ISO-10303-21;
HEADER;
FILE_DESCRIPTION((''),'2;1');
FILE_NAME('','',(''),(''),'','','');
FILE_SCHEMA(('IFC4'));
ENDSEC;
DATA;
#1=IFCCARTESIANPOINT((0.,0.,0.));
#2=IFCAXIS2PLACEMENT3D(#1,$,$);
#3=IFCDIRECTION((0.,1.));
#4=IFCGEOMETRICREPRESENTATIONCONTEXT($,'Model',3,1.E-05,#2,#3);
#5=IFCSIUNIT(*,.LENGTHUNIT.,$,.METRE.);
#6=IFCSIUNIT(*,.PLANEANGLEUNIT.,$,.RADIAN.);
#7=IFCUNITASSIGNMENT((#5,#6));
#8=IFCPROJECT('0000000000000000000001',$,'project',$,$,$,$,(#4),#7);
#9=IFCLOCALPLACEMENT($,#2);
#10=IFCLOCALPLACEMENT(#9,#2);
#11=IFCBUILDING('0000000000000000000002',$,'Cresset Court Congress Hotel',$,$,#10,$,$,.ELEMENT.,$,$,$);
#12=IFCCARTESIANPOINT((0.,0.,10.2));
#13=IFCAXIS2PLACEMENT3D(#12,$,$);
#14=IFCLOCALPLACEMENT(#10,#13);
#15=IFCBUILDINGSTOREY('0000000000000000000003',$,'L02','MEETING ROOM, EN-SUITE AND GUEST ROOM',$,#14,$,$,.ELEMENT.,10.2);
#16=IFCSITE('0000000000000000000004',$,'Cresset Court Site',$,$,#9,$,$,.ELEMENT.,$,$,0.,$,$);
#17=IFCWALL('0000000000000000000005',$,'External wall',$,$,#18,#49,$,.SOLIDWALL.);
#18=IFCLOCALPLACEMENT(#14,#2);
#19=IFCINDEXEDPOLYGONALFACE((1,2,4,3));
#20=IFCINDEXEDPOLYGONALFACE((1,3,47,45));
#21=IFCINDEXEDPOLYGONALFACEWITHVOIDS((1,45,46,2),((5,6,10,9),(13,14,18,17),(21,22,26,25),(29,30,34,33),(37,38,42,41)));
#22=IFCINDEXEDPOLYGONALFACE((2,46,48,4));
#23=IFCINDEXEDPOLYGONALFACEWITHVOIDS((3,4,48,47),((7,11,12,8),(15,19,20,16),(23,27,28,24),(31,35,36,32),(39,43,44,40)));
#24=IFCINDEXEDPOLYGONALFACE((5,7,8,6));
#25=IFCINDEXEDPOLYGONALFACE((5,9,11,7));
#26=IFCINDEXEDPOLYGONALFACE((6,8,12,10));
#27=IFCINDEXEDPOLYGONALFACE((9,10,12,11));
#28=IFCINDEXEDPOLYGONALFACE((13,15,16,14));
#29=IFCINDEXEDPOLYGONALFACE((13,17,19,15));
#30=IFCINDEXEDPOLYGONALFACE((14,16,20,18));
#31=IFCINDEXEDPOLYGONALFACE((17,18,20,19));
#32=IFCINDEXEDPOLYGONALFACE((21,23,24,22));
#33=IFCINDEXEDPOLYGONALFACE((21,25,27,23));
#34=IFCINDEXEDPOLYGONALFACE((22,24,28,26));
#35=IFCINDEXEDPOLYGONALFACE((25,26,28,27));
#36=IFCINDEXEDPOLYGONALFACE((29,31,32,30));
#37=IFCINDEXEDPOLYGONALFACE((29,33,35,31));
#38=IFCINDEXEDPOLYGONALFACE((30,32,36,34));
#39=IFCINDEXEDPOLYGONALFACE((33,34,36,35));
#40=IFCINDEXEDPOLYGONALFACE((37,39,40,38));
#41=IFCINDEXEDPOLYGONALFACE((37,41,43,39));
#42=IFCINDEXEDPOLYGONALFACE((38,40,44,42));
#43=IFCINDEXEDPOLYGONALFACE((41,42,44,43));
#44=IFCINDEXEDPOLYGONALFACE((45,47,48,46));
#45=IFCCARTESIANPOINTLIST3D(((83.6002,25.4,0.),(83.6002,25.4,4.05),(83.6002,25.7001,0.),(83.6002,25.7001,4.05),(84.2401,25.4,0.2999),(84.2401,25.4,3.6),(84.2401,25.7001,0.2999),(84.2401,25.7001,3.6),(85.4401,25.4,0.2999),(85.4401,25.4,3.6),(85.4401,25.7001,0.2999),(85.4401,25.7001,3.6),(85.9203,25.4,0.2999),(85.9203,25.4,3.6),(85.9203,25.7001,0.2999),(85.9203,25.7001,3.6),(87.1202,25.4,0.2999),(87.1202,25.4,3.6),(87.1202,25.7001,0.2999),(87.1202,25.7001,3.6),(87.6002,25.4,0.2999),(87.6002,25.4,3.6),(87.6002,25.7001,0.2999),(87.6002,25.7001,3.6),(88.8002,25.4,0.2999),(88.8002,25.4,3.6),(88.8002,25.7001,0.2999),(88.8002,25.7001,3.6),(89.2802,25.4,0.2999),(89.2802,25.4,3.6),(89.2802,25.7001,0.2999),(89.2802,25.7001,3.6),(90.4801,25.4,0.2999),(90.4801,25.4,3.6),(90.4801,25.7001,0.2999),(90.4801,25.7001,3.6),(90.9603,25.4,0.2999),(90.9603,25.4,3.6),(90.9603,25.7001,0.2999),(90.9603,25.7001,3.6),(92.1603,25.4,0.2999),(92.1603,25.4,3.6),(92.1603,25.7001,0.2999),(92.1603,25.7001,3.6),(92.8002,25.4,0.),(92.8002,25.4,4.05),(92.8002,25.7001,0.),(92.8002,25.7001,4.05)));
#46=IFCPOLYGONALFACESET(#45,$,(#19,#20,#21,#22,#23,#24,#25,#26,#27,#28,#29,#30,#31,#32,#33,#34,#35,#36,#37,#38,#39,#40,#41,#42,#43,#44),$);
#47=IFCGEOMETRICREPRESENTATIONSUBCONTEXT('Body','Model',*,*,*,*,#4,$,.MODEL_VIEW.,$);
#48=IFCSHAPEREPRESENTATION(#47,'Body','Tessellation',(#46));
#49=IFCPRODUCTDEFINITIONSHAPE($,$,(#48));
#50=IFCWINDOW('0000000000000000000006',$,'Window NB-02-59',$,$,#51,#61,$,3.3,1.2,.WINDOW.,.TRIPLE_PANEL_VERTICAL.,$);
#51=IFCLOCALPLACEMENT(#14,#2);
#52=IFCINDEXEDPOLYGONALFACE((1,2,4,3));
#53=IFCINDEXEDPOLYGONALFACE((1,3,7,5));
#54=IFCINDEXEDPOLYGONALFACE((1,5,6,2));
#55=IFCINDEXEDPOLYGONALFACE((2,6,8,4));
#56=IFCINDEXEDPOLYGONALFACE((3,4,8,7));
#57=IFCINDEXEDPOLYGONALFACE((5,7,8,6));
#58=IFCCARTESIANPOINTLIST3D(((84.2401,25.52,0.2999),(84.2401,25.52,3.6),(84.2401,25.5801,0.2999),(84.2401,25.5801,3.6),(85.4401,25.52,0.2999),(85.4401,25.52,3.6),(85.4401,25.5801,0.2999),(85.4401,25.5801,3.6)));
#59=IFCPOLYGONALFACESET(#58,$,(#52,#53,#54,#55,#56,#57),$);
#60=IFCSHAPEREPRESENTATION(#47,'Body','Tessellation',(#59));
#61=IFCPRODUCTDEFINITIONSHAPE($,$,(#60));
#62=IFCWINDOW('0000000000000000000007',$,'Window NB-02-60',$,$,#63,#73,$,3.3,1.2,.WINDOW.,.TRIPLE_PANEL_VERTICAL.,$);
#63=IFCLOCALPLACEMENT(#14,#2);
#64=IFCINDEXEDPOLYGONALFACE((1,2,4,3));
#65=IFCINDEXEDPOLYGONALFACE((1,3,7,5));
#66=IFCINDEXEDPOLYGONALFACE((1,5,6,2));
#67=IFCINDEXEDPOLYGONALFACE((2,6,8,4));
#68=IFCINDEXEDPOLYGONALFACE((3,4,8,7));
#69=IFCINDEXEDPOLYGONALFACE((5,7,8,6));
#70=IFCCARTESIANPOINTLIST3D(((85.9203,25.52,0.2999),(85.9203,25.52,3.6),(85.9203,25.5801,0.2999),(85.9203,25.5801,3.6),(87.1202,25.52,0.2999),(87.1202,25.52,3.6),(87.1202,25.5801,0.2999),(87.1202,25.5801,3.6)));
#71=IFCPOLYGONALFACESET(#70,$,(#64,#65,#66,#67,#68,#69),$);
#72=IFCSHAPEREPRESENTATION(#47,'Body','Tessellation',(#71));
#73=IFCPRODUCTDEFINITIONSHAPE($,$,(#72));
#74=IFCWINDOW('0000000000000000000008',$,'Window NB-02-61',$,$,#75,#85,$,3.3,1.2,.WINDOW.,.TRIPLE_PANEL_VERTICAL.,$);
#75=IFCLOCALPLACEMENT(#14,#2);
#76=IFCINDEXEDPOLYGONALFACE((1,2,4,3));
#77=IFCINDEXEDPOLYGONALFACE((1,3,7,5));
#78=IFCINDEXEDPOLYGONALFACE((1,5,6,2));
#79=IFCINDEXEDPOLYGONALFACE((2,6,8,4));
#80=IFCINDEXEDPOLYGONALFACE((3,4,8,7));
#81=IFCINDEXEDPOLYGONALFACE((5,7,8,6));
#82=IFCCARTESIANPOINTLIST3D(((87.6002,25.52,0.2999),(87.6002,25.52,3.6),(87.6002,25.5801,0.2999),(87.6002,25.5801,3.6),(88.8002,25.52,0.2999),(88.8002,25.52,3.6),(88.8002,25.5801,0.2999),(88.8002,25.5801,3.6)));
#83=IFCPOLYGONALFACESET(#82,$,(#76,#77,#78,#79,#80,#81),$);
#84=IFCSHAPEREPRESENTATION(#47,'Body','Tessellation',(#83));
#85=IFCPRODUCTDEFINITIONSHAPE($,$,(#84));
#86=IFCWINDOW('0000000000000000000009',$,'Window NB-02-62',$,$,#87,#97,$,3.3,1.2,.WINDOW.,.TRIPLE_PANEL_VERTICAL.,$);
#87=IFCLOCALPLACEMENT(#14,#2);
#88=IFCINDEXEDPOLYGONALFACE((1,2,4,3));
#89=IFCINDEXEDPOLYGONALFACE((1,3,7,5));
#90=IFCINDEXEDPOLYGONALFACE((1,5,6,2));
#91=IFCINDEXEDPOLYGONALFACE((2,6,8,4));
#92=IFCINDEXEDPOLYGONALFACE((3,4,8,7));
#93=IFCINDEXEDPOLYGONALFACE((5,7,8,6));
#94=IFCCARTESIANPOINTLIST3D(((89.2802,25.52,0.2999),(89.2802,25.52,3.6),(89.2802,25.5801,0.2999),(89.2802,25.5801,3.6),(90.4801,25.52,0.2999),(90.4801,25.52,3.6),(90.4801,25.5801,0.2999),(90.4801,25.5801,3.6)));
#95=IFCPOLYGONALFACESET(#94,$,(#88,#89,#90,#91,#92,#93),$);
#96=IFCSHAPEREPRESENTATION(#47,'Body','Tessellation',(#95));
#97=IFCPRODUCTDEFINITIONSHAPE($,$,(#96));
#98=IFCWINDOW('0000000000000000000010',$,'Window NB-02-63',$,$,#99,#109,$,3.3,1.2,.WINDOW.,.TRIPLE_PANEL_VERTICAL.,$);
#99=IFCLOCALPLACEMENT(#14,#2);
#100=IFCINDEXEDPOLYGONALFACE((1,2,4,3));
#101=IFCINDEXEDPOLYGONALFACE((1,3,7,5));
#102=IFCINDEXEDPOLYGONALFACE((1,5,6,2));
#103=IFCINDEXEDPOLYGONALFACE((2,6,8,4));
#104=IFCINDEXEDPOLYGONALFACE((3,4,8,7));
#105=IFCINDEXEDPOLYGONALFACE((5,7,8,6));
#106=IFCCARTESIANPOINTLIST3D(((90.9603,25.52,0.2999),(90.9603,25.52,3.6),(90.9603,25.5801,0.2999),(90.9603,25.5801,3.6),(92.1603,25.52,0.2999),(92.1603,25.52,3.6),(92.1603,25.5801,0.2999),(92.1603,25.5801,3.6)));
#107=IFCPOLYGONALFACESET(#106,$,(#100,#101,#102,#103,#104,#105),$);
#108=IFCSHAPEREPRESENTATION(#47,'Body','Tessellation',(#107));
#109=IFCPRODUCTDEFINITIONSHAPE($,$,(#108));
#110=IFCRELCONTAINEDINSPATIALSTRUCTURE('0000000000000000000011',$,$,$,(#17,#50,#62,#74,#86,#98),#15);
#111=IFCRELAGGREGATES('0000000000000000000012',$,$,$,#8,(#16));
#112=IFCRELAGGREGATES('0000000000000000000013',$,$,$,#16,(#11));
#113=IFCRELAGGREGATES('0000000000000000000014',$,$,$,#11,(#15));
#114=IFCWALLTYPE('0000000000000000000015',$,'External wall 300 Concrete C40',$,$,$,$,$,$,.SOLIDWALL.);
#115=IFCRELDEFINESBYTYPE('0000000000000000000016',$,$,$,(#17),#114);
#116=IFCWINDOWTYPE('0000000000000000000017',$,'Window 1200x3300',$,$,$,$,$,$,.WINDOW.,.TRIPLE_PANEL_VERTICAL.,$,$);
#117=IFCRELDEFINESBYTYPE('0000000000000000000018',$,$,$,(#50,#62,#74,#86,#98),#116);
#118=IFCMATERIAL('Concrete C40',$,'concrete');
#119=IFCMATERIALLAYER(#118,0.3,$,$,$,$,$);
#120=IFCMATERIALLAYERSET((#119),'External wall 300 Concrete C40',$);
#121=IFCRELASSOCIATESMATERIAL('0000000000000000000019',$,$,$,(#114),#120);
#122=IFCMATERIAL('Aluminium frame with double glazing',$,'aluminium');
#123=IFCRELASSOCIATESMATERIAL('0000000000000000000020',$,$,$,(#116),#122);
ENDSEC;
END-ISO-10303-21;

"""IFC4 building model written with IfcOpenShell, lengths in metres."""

from ifc_helpers import new_model, si_unit, direction, frame, frame_2d, origin, place, context, subcontext, project, spatial, rectangle, extrude, material, layer, layer_set, type_object, element, fill, save


model = new_model("IFC4")

# Units and contexts
model_context = context("Model", 3, precision=1e-05, world=origin(), true_north=direction((0.0, 1.0)))
body_context = subcontext(model_context, "Body", "Model", "MODEL_VIEW")
ifc_project = project(units=[si_unit("LENGTHUNIT", "METRE"), si_unit("PLANEANGLEUNIT", "RADIAN")], contexts=[model_context])

# Site, building, storey
site_placement = place(None, origin())
site = spatial("IfcSite", under=ifc_project, at=site_placement, Name="Cresset Court Site", CompositionType="ELEMENT", RefElevation=0.0)
building_placement = place(site_placement, origin())
building = spatial("IfcBuilding", under=site, at=building_placement, Name="Cresset Court Congress Hotel", CompositionType="ELEMENT")
storey_placement = place(building_placement, frame((0.0, 0.0, 10.2)))
storey = spatial("IfcBuildingStorey", under=building, at=storey_placement, Name="L02", Description="MEETING ROOM, EN-SUITE AND GUEST ROOM", CompositionType="ELEMENT", Elevation=10.2)

# Wall, openings, windows
ifc_material_1 = material(Name="Concrete C40", Category="concrete")
ifc_layer_1 = layer(ifc_material_1, 0.3)
ifc_layer_set_1 = layer_set([ifc_layer_1], Name="External wall 300 Concrete C40")
wall_type = type_object("IfcWallType", Name="External wall 300 Concrete C40", PredefinedType="SOLIDWALL", material=ifc_layer_set_1)
wall_placement = place(storey_placement, frame((83.6001, 25.55, 0.0), z_axis=(0.0, 0.0, 1.0), x_axis=(1.0, 0.0, 0.0)))
wall = element("IfcWall", 1, at=wall_placement, inside=storey, type_object=wall_type, Name="External wall", PredefinedType="SOLIDWALL", context=body_context, shape_type="SweptSolid", body=[
    extrude(rectangle(XDim=9.2, YDim=0.3, at=frame_2d((4.6001, 0.0))), origin(), (0.0, 0.0, 1.0), 4.05),
])
opening_1_placement = place(wall_placement, frame((0.6399, 0.0, 0.3)))
opening_1 = element("IfcOpeningElement", 2, at=opening_1_placement, cuts=wall, PredefinedType="OPENING", context=body_context, shape_type="SweptSolid", body=[
    extrude(rectangle(XDim=1.2, YDim=3.3, at=frame_2d((0.6001, 1.6499))), frame((0.0, 0.1599, 0.0), z_axis=(0.0, -1.0, 0.0), x_axis=(1.0, 0.0, 0.0)), (0.0, 0.0, 1.0), 0.3201),
])
opening_2_placement = place(wall_placement, frame((2.3201, 0.0, 0.3)))
opening_2 = element("IfcOpeningElement", 3, at=opening_2_placement, cuts=wall, PredefinedType="OPENING", context=body_context, shape_type="SweptSolid", body=[
    extrude(rectangle(XDim=1.2, YDim=3.3, at=frame_2d((0.6001, 1.6499))), frame((0.0, 0.1599, 0.0), z_axis=(0.0, -1.0, 0.0), x_axis=(1.0, 0.0, 0.0)), (0.0, 0.0, 1.0), 0.3201),
])
opening_3_placement = place(wall_placement, frame((4.0, 0.0, 0.3)))
opening_3 = element("IfcOpeningElement", 4, at=opening_3_placement, cuts=wall, PredefinedType="OPENING", context=body_context, shape_type="SweptSolid", body=[
    extrude(rectangle(XDim=1.2, YDim=3.3, at=frame_2d((0.6001, 1.6499))), frame((0.0, 0.1599, 0.0), z_axis=(0.0, -1.0, 0.0), x_axis=(1.0, 0.0, 0.0)), (0.0, 0.0, 1.0), 0.3201),
])
opening_4_placement = place(wall_placement, frame((5.6799, 0.0, 0.3)))
opening_4 = element("IfcOpeningElement", 5, at=opening_4_placement, cuts=wall, PredefinedType="OPENING", context=body_context, shape_type="SweptSolid", body=[
    extrude(rectangle(XDim=1.2, YDim=3.3, at=frame_2d((0.6001, 1.6499))), frame((0.0, 0.1599, 0.0), z_axis=(0.0, -1.0, 0.0), x_axis=(1.0, 0.0, 0.0)), (0.0, 0.0, 1.0), 0.3201),
])
opening_5_placement = place(wall_placement, frame((7.3601, 0.0, 0.3)))
opening_5 = element("IfcOpeningElement", 6, at=opening_5_placement, cuts=wall, PredefinedType="OPENING", context=body_context, shape_type="SweptSolid", body=[
    extrude(rectangle(XDim=1.2, YDim=3.3, at=frame_2d((0.6001, 1.6499))), frame((0.0, 0.1599, 0.0), z_axis=(0.0, -1.0, 0.0), x_axis=(1.0, 0.0, 0.0)), (0.0, 0.0, 1.0), 0.3201),
])
ifc_material_2 = material(Name="Aluminium frame with double glazing", Category="aluminium")
window_type = type_object("IfcWindowType", Name="Window 1200x3300", PartitioningType="TRIPLE_PANEL_VERTICAL", PredefinedType="WINDOW", material=ifc_material_2)
window_1_placement = place(opening_1_placement, origin())
window_1 = element("IfcWindow", 7, at=window_1_placement, inside=storey, type_object=window_type, Name="Window NB-02-59", OverallHeight=3.3, OverallWidth=1.2, PartitioningType="TRIPLE_PANEL_VERTICAL", PredefinedType="WINDOW", context=body_context, shape_type="SweptSolid", body=[
    extrude(rectangle(XDim=1.2, YDim=3.3, at=frame_2d((0.6001, 1.6499))), frame((0.0, 0.03, 0.0), z_axis=(0.0, -1.0, 0.0), x_axis=(1.0, 0.0, 0.0)), (0.0, 0.0, 1.0), 0.0601),
])
fill(opening_1, window_1)
window_2_placement = place(opening_2_placement, origin())
window_2 = element("IfcWindow", 8, at=window_2_placement, inside=storey, type_object=window_type, Name="Window NB-02-60", OverallHeight=3.3, OverallWidth=1.2, PartitioningType="TRIPLE_PANEL_VERTICAL", PredefinedType="WINDOW", context=body_context, shape_type="SweptSolid", body=[
    extrude(rectangle(XDim=1.2, YDim=3.3, at=frame_2d((0.6001, 1.6499))), frame((0.0, 0.03, 0.0), z_axis=(0.0, -1.0, 0.0), x_axis=(1.0, 0.0, 0.0)), (0.0, 0.0, 1.0), 0.0601),
])
fill(opening_2, window_2)
window_3_placement = place(opening_3_placement, origin())
window_3 = element("IfcWindow", 9, at=window_3_placement, inside=storey, type_object=window_type, Name="Window NB-02-61", OverallHeight=3.3, OverallWidth=1.2, PartitioningType="TRIPLE_PANEL_VERTICAL", PredefinedType="WINDOW", context=body_context, shape_type="SweptSolid", body=[
    extrude(rectangle(XDim=1.2, YDim=3.3, at=frame_2d((0.6001, 1.6499))), frame((0.0, 0.03, 0.0), z_axis=(0.0, -1.0, 0.0), x_axis=(1.0, 0.0, 0.0)), (0.0, 0.0, 1.0), 0.0601),
])
fill(opening_3, window_3)
window_4_placement = place(opening_4_placement, origin())
window_4 = element("IfcWindow", 10, at=window_4_placement, inside=storey, type_object=window_type, Name="Window NB-02-62", OverallHeight=3.3, OverallWidth=1.2, PartitioningType="TRIPLE_PANEL_VERTICAL", PredefinedType="WINDOW", context=body_context, shape_type="SweptSolid", body=[
    extrude(rectangle(XDim=1.2, YDim=3.3, at=frame_2d((0.6001, 1.6499))), frame((0.0, 0.03, 0.0), z_axis=(0.0, -1.0, 0.0), x_axis=(1.0, 0.0, 0.0)), (0.0, 0.0, 1.0), 0.0601),
])
fill(opening_4, window_4)
window_5_placement = place(opening_5_placement, origin())
window_5 = element("IfcWindow", 11, at=window_5_placement, inside=storey, type_object=window_type, Name="Window NB-02-63", OverallHeight=3.3, OverallWidth=1.2, PartitioningType="TRIPLE_PANEL_VERTICAL", PredefinedType="WINDOW", context=body_context, shape_type="SweptSolid", body=[
    extrude(rectangle(XDim=1.2, YDim=3.3, at=frame_2d((0.6001, 1.6499))), frame((0.0, 0.03, 0.0), z_axis=(0.0, -1.0, 0.0), x_axis=(1.0, 0.0, 0.0)), (0.0, 0.0, 1.0), 0.0601),
])
fill(opening_5, window_5)

save(model, "model.ifc")
